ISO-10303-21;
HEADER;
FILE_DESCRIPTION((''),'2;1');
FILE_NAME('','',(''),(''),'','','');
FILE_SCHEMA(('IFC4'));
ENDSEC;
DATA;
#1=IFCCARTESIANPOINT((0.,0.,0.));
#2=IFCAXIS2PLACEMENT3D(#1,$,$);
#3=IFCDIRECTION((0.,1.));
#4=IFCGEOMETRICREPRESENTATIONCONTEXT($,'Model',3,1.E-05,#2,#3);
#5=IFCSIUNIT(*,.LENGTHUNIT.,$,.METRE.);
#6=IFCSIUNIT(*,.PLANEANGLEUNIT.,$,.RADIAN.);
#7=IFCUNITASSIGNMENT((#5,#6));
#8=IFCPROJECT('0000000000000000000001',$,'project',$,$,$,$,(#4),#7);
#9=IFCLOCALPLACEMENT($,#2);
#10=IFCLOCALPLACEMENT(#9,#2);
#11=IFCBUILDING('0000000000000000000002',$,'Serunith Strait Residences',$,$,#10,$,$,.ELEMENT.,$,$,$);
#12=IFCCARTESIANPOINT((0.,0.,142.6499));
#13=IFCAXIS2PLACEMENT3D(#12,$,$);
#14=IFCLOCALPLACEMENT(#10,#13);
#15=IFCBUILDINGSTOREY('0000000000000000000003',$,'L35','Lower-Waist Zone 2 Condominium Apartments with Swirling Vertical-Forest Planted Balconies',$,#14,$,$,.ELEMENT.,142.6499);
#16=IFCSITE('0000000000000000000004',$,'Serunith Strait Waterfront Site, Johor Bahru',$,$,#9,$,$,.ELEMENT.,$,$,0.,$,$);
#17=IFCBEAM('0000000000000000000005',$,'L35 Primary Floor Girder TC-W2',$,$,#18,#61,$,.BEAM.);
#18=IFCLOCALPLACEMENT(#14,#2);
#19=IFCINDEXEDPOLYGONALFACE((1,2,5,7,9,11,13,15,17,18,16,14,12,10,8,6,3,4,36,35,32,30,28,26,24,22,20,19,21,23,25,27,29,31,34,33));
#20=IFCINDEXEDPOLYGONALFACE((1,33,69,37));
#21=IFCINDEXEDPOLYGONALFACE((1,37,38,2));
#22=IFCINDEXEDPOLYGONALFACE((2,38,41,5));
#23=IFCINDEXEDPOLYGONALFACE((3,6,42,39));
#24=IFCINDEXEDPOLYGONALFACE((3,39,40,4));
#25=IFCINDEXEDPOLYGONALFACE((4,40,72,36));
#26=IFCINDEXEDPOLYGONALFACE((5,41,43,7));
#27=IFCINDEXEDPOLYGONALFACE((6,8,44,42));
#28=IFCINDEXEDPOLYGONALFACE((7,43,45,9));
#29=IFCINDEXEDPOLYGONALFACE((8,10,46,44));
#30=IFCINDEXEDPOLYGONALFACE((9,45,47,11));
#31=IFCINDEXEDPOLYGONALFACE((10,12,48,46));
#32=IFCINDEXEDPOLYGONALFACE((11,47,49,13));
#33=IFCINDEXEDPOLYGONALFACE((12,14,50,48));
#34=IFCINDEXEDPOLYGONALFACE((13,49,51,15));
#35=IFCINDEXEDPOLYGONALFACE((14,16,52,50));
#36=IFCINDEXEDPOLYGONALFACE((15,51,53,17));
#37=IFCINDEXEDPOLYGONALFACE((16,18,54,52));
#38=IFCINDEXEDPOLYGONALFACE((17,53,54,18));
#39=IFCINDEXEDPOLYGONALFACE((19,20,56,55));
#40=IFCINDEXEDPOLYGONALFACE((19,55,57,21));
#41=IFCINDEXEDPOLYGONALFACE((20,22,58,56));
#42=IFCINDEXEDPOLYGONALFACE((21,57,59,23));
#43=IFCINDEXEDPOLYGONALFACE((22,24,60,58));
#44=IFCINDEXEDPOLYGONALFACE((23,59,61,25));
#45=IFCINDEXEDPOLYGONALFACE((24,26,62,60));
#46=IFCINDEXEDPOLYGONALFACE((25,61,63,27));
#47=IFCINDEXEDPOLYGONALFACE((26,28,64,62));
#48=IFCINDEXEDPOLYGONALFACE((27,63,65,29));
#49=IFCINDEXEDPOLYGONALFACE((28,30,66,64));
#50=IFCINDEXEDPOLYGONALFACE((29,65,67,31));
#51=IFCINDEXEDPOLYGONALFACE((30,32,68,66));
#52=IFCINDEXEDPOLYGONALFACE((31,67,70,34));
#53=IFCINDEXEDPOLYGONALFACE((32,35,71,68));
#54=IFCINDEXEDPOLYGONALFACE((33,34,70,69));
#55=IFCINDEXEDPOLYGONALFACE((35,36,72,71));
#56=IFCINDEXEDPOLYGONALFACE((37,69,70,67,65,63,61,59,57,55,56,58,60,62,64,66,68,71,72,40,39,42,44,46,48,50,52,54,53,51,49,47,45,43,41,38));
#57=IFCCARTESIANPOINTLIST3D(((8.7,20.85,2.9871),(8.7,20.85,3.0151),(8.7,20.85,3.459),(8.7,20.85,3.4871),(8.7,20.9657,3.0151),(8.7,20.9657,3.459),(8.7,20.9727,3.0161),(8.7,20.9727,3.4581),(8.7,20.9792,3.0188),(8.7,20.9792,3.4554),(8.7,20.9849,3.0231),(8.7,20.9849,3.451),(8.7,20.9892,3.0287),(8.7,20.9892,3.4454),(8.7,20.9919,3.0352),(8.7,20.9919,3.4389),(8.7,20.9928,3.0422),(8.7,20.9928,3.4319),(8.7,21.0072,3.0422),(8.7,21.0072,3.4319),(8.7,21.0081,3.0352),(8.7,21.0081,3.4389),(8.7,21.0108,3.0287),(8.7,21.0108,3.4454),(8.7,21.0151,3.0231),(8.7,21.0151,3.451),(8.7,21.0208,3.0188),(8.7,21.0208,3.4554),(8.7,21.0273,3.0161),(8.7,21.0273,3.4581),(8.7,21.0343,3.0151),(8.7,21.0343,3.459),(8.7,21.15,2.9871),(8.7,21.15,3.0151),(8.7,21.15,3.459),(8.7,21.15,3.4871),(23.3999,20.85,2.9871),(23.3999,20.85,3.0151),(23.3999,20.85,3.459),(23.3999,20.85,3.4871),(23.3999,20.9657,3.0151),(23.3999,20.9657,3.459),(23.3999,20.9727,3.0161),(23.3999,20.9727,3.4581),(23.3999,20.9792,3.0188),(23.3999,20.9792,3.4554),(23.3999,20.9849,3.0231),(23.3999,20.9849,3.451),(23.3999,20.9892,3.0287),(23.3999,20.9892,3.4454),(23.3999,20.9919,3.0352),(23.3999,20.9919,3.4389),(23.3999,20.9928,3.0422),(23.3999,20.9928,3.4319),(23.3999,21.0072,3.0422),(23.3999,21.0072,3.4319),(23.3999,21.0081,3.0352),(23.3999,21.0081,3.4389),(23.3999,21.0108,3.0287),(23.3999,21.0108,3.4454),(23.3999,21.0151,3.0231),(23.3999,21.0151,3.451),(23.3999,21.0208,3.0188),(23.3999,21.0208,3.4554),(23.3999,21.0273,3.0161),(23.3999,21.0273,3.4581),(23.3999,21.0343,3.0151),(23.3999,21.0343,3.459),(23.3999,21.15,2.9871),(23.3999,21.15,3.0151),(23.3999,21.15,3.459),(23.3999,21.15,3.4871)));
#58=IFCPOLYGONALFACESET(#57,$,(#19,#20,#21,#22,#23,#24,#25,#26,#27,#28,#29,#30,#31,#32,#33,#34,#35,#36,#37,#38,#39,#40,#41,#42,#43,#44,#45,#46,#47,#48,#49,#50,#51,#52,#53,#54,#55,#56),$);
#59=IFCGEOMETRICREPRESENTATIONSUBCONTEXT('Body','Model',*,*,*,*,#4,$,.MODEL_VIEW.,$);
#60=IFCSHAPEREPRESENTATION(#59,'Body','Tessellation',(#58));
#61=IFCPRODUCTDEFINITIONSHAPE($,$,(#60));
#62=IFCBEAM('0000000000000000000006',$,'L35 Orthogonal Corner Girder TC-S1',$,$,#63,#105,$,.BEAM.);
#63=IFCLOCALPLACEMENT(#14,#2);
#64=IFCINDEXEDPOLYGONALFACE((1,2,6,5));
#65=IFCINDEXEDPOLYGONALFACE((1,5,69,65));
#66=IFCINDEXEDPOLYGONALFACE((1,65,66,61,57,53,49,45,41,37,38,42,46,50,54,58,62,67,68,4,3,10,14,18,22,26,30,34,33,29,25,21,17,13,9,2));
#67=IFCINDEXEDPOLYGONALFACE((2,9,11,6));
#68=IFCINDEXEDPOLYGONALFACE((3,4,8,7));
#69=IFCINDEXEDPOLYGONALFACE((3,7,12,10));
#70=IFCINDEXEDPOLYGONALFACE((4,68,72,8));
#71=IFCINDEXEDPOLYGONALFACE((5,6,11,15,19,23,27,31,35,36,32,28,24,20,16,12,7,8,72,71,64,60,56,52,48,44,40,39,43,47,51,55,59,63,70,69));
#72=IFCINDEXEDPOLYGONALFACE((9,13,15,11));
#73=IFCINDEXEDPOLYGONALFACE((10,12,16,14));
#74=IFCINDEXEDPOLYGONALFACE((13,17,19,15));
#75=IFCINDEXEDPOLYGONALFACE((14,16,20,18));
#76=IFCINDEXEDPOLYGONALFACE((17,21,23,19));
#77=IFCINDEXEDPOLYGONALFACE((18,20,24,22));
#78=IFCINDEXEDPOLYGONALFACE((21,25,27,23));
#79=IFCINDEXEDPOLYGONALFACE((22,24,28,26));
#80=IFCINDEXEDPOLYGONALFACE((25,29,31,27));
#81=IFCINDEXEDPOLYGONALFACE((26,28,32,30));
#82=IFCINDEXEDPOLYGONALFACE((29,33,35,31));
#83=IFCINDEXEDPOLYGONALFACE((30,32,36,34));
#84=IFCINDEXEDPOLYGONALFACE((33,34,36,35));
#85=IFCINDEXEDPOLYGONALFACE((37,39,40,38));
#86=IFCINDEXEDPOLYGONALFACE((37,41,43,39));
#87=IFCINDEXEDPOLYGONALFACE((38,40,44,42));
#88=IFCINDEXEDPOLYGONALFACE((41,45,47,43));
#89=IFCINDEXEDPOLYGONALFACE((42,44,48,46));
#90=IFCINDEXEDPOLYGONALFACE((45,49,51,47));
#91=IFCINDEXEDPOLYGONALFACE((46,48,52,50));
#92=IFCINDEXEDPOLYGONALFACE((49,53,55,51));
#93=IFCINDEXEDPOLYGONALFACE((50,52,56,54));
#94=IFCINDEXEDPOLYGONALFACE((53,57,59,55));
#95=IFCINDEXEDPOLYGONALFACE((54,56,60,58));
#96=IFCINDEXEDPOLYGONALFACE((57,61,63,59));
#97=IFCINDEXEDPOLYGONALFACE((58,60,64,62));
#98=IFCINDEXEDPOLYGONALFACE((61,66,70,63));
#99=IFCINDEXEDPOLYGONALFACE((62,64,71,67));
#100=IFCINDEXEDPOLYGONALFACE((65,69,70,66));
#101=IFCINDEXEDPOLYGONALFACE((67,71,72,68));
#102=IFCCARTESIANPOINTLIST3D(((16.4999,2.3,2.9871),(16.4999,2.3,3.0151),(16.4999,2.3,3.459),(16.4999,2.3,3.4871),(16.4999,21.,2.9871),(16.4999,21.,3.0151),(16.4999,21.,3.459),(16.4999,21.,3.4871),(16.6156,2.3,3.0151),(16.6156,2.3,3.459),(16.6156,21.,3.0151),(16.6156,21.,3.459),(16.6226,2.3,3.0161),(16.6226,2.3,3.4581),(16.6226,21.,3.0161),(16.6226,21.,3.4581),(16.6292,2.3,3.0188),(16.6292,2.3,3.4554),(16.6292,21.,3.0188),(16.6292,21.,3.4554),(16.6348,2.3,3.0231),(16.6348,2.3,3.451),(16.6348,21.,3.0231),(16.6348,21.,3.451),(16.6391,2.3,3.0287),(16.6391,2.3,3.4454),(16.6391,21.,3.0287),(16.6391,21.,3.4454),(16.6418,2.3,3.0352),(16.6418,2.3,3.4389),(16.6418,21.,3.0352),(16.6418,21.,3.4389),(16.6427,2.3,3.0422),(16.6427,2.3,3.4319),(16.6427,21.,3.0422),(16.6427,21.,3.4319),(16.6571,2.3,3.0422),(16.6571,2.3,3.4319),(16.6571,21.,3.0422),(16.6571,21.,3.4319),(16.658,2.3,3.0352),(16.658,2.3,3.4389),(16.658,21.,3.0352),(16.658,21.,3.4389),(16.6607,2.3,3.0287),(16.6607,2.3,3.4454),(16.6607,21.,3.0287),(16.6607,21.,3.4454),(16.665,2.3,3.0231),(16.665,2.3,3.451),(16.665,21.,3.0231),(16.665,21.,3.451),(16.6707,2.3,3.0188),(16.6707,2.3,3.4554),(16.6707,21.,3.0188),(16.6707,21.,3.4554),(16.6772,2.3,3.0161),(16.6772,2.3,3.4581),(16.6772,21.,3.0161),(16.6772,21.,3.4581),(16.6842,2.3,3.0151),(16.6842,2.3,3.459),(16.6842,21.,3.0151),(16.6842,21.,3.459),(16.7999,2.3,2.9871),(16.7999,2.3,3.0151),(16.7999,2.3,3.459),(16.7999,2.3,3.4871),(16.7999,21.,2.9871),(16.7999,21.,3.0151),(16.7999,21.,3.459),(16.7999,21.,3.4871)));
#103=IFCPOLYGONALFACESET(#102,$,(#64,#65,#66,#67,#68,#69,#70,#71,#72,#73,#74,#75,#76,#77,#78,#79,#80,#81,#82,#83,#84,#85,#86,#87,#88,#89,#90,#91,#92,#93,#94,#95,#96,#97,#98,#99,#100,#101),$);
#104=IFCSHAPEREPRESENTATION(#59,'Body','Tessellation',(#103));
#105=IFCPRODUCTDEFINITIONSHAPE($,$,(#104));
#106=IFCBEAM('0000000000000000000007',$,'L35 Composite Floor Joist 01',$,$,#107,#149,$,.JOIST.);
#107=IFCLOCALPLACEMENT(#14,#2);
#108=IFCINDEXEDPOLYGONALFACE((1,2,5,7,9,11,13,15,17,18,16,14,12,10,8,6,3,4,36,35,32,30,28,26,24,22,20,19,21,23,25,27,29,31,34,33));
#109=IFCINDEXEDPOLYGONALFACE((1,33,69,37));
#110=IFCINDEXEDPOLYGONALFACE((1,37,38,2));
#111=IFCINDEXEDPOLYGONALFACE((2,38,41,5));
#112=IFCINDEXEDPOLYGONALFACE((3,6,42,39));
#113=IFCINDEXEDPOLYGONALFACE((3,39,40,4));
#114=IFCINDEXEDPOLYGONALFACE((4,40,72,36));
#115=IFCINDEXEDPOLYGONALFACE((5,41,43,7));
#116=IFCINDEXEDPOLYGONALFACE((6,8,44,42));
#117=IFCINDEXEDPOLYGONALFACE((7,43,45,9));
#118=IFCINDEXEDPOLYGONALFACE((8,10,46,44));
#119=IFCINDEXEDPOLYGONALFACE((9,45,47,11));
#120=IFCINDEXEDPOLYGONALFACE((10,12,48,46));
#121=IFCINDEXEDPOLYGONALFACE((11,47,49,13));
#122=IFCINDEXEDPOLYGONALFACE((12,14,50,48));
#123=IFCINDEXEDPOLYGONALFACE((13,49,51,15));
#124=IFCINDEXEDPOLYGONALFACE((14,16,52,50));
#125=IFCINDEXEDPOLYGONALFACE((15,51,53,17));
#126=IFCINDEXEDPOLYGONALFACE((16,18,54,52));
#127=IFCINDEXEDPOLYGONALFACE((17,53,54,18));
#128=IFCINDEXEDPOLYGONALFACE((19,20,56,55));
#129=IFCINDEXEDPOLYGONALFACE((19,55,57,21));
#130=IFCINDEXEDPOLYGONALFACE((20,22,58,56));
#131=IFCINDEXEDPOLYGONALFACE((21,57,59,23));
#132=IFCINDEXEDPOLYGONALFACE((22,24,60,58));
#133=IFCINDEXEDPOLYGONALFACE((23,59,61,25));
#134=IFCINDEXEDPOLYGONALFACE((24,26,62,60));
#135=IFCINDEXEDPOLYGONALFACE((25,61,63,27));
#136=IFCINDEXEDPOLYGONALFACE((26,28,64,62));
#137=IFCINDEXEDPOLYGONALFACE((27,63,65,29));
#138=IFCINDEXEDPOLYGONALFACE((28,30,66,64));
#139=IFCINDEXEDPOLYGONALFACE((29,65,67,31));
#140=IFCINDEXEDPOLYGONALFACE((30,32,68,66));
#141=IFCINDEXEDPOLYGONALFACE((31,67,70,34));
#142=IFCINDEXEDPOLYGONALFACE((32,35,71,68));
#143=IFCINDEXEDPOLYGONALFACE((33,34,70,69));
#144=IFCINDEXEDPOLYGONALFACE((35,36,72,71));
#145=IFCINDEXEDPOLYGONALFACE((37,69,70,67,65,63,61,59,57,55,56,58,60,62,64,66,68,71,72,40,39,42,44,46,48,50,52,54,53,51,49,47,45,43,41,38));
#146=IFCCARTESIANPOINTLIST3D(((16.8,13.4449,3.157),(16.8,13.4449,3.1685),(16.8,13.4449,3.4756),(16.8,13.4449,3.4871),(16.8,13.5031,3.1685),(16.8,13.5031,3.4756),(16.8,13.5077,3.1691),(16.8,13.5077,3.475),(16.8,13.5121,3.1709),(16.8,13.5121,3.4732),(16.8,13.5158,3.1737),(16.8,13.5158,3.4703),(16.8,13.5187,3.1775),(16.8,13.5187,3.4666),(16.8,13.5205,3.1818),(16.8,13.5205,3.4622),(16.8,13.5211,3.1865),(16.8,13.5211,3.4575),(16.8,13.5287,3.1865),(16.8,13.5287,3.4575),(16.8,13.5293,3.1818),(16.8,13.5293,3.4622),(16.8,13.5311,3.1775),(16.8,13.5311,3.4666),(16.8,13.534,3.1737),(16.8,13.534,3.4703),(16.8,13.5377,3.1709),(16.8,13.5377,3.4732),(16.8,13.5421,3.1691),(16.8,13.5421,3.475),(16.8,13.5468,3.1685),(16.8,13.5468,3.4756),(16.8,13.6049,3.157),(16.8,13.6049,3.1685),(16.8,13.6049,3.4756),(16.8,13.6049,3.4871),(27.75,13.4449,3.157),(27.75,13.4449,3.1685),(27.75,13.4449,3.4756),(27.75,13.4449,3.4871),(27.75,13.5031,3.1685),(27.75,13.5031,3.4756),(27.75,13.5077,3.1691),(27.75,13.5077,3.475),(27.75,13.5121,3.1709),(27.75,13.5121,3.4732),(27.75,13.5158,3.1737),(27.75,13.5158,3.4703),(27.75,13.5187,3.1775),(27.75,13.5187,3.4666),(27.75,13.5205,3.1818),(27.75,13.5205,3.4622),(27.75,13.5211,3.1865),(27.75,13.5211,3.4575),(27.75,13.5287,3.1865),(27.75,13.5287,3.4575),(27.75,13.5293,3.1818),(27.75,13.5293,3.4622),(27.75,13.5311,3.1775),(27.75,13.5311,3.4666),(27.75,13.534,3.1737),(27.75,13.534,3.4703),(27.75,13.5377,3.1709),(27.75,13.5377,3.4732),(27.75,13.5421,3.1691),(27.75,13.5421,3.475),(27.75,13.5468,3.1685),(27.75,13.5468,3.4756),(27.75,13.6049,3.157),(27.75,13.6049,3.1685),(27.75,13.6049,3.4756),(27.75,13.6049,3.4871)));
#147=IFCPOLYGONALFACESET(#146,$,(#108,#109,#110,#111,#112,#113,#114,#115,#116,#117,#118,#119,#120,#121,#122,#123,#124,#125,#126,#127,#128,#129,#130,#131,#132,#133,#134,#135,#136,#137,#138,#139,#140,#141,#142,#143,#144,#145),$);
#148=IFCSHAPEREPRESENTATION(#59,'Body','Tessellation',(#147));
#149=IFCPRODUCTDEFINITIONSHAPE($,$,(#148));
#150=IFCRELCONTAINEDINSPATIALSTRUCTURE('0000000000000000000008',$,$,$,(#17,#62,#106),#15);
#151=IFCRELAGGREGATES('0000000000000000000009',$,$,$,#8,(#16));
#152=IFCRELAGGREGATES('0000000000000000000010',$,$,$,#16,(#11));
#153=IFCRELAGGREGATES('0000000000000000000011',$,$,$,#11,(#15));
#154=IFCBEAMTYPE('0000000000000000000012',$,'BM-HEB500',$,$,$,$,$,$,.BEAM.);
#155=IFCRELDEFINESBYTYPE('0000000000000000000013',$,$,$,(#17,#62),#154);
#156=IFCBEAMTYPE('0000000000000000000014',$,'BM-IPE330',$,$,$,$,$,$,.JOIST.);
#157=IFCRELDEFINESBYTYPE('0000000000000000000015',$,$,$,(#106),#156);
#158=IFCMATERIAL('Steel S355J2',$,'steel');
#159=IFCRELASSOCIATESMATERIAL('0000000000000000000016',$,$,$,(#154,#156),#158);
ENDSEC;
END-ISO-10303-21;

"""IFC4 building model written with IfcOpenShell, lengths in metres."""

from ifc_helpers import new_model, si_unit, direction, frame, origin, origin_2d, place, context, subcontext, project, spatial, i_section, extrude, source, transform, mapped, material, material_profile, profile_set, type_object, element, save


model = new_model("IFC4")

# Units and contexts
model_context = context("Model", 3, precision=1e-05, world=origin(), true_north=direction((0.0, 1.0)))
body_context = subcontext(model_context, "Body", "Model", "MODEL_VIEW")
ifc_project = project(units=[si_unit("LENGTHUNIT", "METRE"), si_unit("PLANEANGLEUNIT", "RADIAN")], contexts=[model_context])

# Site, building, storey
site_placement = place(None, origin())
site = spatial("IfcSite", under=ifc_project, at=site_placement, Name="Serunith Strait Waterfront Site, Johor Bahru", CompositionType="ELEMENT", RefElevation=0.0)
building_placement = place(site_placement, origin())
building = spatial("IfcBuilding", under=site, at=building_placement, Name="Serunith Strait Residences", CompositionType="ELEMENT")
storey_placement = place(building_placement, frame((0.0, 0.0, 142.6499)))
storey = spatial("IfcBuildingStorey", under=building, at=storey_placement, Name="L35", Description="Lower-Waist Zone 2 Condominium Apartments with Swirling Vertical-Forest Planted Balconies", CompositionType="ELEMENT", Elevation=142.6499)

# Beams
ifc_material_1 = material(Name="Steel S355J2", Category="steel")
ifc_material_profile_1 = material_profile(ifc_material_1, i_section(OverallWidth=0.3, OverallDepth=0.5, WebThickness=0.0144, FlangeThickness=0.0281, FilletRadius=0.0271, at=origin_2d()), Name="HEB 500")
ifc_profile_set_1 = profile_set([ifc_material_profile_1], Name="Steel S355J2")
beam_type_1 = type_object("IfcBeamType", Name="BM-HEB500", PredefinedType="BEAM", material=ifc_profile_set_1)
shared_shape_1 = source(origin(), body_context, "Body", "SweptSolid", [
    extrude(i_section(OverallWidth=0.3, OverallDepth=0.5, WebThickness=0.0144, FlangeThickness=0.0281, FilletRadius=0.0271, at=origin_2d()), origin(), (0.0, 0.0, 1.0), 14.7),
])
beam_1_placement = place(storey_placement, frame((23.3999, 21.0, 3.2371), z_axis=(-1.0, 0.0, 0.0), x_axis=(0.0, -1.0, 0.0)))
element("IfcBeam", 1, at=beam_1_placement, inside=storey, type_object=beam_type_1, Name="L35 Primary Floor Girder TC-W2", PredefinedType="BEAM", context=body_context, shape_type="MappedRepresentation", body=[
    mapped(shared_shape_1, transform((0.0, 0.0, 0.0), scale=1.0)),
])
shared_shape_2 = source(origin(), body_context, "Body", "SweptSolid", [
    extrude(i_section(OverallWidth=0.3, OverallDepth=0.5, WebThickness=0.0144, FlangeThickness=0.0281, FilletRadius=0.0271, at=origin_2d()), origin(), (0.0, 0.0, 1.0), 18.7),
])
beam_2_placement = place(storey_placement, frame((16.6499, 21.0, 3.2371), z_axis=(0.0, -1.0, 0.0), x_axis=(1.0, 0.0, 0.0)))
element("IfcBeam", 2, at=beam_2_placement, inside=storey, type_object=beam_type_1, Name="L35 Orthogonal Corner Girder TC-S1", PredefinedType="BEAM", context=body_context, shape_type="MappedRepresentation", body=[
    mapped(shared_shape_2, transform((0.0, 0.0, 0.0), scale=1.0)),
])
ifc_material_profile_2 = material_profile(ifc_material_1, i_section(OverallWidth=0.1599, OverallDepth=0.3301, WebThickness=0.0076, FlangeThickness=0.0115, FilletRadius=0.0181, at=origin_2d()), Name="IPE 330")
ifc_profile_set_2 = profile_set([ifc_material_profile_2], Name="Steel S355J2")
beam_type_2 = type_object("IfcBeamType", Name="BM-IPE330", PredefinedType="JOIST", material=ifc_profile_set_2)
shared_shape_3 = source(origin(), body_context, "Body", "SweptSolid", [
    extrude(i_section(OverallWidth=0.1599, OverallDepth=0.3301, WebThickness=0.0076, FlangeThickness=0.0115, FilletRadius=0.0181, at=origin_2d()), origin(), (0.0, 0.0, 1.0), 10.95),
])
beam_3_placement = place(storey_placement, frame((16.8, 13.5249, 3.322), z_axis=(1.0, 0.0, 0.0), x_axis=(0.0, 1.0, 0.0)))
element("IfcBeam", 3, at=beam_3_placement, inside=storey, type_object=beam_type_2, Name="L35 Composite Floor Joist 01", PredefinedType="JOIST", context=body_context, shape_type="MappedRepresentation", body=[
    mapped(shared_shape_3, transform((0.0, 0.0, 0.0), scale=1.0)),
])

save(model, "model.ifc")
